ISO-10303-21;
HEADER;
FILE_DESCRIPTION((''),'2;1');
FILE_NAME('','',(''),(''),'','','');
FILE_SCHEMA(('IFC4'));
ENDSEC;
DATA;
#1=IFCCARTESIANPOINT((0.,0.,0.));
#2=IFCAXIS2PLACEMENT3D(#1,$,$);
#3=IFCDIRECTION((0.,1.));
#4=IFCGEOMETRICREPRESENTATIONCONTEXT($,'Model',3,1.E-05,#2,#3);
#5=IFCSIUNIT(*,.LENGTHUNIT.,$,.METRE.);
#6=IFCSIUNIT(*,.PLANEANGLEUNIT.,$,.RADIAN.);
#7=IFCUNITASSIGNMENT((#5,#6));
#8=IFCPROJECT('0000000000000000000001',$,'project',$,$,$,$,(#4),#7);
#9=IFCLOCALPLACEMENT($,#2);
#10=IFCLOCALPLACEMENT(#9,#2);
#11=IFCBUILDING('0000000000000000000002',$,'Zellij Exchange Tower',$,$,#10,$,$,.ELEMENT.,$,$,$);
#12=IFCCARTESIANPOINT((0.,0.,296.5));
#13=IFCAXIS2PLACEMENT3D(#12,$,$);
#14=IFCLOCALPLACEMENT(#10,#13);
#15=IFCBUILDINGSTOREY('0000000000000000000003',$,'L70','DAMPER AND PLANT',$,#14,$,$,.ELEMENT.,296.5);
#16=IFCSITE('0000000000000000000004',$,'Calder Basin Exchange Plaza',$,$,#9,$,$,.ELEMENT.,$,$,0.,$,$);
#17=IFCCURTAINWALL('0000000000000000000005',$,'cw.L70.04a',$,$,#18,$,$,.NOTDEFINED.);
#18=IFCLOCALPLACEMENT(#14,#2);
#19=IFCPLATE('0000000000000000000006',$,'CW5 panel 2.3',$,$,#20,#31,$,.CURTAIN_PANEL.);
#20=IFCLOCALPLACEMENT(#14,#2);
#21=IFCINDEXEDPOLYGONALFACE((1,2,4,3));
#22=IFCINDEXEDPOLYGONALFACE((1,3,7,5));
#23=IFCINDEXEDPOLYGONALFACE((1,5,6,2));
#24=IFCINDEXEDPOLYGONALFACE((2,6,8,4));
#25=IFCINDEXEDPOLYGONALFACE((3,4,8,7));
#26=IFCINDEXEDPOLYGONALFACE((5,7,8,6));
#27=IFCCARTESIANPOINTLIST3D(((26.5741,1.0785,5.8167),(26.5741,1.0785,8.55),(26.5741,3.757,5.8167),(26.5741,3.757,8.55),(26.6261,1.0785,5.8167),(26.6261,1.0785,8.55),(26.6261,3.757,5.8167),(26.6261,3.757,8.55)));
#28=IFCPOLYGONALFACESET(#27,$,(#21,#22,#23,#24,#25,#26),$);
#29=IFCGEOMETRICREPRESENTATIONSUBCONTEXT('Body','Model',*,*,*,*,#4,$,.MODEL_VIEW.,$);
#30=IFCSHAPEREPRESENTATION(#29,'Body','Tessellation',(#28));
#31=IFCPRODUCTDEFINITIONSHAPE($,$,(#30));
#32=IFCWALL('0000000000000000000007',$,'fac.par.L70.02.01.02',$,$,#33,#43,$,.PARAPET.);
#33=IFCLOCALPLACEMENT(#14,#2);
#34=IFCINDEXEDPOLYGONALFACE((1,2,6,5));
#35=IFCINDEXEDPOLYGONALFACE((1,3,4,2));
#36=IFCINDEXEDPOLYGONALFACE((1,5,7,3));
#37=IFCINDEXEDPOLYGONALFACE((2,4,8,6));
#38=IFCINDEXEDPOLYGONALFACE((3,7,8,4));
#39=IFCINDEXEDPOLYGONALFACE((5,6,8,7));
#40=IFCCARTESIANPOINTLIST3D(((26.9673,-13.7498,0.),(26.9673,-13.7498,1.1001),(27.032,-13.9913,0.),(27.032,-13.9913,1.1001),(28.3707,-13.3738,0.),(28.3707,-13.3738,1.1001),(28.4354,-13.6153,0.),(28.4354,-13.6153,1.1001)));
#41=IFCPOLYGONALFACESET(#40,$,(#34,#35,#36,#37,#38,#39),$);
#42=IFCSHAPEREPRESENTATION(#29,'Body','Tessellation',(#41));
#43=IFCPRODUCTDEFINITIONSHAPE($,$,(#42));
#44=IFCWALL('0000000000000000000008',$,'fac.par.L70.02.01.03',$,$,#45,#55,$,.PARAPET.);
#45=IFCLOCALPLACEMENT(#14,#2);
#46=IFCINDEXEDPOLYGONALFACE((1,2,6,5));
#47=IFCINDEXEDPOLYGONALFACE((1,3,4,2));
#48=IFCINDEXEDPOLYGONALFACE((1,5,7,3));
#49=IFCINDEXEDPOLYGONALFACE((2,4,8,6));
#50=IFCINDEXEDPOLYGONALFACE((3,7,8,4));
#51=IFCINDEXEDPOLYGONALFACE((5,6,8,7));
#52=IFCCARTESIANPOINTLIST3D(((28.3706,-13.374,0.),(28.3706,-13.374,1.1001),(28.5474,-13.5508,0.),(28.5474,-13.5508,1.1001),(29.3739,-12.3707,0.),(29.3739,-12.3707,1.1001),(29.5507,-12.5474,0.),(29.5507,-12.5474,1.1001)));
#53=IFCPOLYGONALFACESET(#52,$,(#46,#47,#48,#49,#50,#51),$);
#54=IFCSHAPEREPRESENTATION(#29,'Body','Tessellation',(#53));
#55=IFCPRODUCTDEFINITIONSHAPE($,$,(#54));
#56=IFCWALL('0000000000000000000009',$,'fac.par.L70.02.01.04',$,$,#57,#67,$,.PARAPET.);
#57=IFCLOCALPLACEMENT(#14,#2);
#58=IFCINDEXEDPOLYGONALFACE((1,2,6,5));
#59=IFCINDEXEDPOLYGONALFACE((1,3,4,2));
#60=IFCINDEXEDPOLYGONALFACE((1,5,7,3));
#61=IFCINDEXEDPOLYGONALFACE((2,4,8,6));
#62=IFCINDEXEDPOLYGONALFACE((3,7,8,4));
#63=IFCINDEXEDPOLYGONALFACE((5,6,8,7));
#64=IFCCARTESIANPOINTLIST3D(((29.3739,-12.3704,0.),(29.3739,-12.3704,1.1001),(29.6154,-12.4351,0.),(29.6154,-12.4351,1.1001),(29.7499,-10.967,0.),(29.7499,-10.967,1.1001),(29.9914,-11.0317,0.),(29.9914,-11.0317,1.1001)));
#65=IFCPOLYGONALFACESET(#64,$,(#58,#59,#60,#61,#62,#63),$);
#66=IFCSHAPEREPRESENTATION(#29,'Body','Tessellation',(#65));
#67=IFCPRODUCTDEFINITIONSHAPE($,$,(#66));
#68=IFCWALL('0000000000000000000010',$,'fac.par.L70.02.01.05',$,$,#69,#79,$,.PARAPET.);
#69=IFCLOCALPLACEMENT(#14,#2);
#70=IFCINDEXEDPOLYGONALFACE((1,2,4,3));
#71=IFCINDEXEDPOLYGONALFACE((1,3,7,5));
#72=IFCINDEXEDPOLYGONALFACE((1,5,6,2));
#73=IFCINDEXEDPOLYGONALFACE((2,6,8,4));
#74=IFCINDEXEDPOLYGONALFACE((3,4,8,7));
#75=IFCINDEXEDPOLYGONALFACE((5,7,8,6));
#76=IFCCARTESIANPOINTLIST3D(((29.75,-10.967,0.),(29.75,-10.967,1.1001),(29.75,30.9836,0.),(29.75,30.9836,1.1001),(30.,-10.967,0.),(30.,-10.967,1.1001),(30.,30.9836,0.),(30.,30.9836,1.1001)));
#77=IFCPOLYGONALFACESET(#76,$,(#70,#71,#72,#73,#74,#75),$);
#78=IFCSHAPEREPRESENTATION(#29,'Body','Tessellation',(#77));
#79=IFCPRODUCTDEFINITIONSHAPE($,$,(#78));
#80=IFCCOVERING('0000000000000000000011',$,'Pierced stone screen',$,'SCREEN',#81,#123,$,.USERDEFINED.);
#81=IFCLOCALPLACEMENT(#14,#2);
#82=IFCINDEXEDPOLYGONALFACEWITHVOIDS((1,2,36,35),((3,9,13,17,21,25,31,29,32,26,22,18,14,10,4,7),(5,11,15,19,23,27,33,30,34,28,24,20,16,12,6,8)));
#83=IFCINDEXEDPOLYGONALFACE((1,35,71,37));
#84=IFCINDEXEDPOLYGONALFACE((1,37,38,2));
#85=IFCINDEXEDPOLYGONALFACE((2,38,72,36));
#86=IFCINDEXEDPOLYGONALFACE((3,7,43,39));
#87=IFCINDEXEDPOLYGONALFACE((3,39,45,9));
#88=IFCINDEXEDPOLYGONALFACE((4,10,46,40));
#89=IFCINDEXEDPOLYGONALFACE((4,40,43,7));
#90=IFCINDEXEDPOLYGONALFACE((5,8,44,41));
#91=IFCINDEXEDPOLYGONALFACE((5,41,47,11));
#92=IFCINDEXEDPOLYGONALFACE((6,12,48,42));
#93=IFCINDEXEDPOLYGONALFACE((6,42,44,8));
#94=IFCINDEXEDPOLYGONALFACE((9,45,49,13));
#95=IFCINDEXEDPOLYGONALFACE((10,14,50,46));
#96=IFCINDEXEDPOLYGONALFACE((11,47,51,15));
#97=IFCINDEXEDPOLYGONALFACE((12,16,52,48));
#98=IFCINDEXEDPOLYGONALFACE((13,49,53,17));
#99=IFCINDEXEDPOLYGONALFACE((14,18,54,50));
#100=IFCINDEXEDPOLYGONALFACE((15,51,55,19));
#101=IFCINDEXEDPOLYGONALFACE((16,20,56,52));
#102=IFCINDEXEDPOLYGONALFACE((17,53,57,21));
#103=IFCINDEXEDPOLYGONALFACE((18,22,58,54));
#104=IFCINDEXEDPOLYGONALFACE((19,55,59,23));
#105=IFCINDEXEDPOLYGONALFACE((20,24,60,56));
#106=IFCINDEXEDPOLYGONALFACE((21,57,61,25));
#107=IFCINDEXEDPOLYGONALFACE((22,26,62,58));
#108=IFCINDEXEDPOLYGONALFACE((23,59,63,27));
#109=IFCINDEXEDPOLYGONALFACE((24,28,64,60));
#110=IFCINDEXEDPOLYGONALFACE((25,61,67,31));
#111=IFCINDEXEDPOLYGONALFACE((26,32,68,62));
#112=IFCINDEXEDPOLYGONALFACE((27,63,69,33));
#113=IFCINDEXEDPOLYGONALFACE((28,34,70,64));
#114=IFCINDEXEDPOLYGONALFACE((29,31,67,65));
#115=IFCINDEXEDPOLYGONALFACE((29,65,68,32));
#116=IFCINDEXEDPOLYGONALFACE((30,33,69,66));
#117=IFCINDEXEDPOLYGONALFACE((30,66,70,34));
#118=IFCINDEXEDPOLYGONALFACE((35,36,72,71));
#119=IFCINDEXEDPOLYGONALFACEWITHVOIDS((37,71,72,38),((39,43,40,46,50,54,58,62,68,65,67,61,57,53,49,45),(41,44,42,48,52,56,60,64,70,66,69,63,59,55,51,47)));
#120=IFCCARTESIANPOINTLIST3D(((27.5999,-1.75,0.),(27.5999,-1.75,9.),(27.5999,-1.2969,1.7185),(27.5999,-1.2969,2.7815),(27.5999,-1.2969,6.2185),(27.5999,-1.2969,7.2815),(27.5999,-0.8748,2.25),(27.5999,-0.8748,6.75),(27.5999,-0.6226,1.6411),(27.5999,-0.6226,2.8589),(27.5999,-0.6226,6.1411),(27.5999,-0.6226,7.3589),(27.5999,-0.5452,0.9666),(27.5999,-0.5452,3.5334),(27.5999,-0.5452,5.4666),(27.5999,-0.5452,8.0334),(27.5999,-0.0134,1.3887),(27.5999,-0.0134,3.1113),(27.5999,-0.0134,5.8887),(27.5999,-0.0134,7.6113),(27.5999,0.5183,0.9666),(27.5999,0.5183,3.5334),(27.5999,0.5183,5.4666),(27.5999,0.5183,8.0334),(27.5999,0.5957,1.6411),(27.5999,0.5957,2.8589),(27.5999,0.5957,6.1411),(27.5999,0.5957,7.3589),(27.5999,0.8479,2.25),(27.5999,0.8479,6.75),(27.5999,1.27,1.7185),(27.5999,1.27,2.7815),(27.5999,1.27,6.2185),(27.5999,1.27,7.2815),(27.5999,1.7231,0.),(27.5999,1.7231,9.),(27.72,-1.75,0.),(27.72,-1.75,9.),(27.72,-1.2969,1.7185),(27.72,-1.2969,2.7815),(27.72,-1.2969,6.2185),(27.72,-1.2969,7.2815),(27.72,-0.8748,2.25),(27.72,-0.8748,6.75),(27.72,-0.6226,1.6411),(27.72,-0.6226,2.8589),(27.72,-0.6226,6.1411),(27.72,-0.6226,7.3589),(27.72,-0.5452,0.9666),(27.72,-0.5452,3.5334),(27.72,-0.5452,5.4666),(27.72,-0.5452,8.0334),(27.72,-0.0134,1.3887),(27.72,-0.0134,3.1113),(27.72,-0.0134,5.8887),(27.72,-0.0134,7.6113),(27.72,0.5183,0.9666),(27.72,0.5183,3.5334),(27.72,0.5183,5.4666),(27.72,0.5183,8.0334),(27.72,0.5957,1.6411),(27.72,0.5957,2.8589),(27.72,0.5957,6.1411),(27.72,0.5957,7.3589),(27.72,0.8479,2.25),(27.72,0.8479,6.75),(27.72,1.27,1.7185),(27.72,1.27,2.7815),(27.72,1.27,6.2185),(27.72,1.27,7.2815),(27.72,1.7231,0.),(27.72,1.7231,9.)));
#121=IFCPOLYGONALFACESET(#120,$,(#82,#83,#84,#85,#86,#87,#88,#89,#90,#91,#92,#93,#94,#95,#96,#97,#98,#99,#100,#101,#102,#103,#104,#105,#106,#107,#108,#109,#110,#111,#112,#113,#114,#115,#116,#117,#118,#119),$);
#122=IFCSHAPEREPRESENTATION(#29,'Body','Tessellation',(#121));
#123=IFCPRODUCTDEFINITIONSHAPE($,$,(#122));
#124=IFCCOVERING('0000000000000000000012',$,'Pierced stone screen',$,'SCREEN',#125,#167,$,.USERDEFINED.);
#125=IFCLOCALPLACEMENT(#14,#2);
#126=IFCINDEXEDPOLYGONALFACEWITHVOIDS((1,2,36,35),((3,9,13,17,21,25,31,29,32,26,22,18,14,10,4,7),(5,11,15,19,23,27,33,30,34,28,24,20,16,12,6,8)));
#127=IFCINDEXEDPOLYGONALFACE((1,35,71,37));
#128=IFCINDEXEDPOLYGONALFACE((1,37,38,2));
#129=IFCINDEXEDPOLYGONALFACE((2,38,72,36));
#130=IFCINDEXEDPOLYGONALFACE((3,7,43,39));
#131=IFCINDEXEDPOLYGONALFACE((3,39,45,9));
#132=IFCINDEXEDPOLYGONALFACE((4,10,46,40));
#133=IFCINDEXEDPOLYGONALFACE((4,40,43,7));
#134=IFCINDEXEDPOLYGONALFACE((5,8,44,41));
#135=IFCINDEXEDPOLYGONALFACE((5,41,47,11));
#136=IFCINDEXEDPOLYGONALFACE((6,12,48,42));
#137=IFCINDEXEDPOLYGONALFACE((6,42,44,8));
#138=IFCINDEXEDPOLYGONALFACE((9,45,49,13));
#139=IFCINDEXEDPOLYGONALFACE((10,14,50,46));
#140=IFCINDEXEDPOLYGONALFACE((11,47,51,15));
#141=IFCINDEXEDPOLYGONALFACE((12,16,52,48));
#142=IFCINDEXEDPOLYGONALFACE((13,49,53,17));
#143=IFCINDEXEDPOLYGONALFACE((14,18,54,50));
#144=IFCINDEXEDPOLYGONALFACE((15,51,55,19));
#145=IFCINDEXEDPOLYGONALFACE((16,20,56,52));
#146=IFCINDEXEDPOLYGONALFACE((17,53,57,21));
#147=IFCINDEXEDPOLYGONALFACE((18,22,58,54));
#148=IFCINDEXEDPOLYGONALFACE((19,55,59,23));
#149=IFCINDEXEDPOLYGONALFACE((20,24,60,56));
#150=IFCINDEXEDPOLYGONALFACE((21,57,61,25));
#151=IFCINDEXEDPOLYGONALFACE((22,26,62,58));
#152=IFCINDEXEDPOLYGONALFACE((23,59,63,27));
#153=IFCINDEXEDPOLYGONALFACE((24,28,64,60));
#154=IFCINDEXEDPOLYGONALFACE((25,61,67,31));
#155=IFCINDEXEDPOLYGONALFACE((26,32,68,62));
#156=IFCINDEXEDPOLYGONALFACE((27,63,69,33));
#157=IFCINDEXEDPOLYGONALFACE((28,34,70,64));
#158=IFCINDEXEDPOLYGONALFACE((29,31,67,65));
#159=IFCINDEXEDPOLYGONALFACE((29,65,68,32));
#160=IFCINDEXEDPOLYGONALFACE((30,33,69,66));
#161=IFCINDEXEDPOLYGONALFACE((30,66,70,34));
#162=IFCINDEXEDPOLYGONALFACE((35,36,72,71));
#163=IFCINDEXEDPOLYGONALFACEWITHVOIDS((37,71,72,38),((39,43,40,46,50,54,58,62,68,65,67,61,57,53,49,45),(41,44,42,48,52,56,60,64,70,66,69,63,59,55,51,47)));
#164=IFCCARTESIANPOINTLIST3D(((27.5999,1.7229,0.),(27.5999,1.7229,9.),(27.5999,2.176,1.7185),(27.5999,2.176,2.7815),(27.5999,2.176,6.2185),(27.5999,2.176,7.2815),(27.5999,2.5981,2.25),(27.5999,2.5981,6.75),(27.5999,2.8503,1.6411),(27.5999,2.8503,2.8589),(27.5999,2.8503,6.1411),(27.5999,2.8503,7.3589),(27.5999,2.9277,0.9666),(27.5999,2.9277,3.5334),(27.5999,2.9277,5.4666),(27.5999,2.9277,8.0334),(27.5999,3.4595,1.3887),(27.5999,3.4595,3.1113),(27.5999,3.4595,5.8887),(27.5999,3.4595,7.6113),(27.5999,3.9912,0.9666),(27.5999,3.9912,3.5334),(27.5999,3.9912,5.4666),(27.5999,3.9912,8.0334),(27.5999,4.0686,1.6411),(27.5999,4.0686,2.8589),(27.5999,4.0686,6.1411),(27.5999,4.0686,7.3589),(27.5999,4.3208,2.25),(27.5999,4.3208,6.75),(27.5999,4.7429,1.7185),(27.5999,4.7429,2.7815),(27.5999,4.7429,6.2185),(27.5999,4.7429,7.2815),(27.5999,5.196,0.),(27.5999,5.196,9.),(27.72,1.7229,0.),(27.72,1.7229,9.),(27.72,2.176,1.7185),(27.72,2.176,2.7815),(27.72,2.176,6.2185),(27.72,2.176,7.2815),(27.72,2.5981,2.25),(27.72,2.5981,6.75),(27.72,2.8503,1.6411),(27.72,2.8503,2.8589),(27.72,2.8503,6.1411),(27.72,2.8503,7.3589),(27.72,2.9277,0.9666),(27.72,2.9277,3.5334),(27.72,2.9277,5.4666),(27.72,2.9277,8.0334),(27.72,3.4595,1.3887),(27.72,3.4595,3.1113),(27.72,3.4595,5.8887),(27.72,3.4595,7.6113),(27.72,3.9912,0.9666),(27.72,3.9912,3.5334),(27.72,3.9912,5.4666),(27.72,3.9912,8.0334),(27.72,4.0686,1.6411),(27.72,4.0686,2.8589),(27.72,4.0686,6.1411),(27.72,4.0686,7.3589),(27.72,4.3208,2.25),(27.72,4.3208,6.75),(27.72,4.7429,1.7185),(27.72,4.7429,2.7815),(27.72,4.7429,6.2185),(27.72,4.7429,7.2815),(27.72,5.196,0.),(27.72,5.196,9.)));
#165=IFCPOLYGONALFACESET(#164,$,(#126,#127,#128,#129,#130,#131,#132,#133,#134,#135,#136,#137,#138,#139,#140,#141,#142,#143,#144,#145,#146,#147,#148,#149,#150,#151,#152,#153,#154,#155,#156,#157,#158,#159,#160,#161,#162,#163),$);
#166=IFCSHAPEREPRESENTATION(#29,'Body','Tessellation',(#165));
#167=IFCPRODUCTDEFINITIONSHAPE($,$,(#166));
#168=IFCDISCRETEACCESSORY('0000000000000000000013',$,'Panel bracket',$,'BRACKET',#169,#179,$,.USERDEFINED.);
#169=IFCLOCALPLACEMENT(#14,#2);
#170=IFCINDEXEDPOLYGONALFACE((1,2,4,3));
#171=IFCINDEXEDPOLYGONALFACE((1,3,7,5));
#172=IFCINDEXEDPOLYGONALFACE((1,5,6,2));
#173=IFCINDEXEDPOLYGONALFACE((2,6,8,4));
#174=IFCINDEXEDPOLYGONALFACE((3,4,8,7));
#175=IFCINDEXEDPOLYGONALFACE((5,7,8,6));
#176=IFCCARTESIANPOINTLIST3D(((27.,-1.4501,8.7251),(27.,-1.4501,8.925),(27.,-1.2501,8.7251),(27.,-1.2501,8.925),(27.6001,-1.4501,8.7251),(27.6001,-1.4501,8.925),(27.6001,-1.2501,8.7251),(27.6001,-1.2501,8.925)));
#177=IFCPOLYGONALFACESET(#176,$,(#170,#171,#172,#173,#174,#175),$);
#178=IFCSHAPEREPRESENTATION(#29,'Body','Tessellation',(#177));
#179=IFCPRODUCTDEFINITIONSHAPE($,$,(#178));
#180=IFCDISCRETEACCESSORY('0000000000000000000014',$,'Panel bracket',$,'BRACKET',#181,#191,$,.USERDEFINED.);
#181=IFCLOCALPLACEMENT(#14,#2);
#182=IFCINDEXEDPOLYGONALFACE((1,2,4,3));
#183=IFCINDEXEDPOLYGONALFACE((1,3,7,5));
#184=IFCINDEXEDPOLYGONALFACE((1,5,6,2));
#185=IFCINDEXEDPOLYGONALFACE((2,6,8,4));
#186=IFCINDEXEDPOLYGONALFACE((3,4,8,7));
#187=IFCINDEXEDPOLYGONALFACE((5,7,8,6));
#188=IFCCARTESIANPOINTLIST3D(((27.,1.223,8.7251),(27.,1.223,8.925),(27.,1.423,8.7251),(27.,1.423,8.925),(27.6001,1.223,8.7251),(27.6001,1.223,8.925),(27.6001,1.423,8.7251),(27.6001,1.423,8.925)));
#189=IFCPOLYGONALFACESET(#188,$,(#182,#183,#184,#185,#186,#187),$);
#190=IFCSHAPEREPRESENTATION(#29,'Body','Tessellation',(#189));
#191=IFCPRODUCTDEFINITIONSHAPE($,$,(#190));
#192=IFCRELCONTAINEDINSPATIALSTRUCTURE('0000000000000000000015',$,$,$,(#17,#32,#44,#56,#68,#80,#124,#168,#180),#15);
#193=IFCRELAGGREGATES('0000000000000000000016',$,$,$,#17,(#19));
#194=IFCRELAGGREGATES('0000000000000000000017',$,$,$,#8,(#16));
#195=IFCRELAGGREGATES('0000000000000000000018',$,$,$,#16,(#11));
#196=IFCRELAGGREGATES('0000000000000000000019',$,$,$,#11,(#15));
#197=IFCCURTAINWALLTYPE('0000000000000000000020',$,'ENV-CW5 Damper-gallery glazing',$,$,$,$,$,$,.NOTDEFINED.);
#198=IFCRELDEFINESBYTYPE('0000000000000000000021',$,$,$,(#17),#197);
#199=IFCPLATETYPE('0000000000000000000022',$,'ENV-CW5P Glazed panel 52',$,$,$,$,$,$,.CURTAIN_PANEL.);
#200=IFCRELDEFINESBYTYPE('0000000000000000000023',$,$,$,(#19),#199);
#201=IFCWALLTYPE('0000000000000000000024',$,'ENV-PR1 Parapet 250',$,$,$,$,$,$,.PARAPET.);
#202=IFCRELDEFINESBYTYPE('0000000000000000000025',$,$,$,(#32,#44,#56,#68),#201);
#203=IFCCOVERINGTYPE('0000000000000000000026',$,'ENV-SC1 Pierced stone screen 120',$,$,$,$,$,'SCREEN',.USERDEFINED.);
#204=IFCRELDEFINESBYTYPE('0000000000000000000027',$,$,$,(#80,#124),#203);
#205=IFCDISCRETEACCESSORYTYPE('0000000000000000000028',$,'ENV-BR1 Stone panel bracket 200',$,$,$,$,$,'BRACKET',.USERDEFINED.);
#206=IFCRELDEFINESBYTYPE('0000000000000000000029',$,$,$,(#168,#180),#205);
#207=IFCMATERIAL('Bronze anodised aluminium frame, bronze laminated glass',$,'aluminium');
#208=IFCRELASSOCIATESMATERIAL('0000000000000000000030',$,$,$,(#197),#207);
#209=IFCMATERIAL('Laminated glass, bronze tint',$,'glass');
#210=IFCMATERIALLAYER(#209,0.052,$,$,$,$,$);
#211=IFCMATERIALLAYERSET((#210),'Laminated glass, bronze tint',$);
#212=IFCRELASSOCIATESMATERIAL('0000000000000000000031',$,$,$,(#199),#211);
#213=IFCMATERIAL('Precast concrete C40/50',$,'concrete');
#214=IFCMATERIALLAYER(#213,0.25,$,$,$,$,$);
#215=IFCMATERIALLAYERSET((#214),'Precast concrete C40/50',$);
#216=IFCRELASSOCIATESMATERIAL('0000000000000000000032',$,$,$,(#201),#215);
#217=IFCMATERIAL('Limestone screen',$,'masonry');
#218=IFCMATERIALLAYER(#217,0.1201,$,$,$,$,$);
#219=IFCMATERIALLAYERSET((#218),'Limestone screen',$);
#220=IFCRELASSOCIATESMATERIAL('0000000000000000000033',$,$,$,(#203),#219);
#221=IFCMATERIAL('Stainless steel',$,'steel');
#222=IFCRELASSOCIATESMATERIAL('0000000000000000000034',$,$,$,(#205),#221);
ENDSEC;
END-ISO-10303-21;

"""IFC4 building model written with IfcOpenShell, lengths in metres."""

from ifc_helpers import new_model, si_unit, direction, frame, frame_2d, origin, origin_2d, place, context, subcontext, project, spatial, polyline, rectangle, outline, extrude, material, layer, layer_set, type_object, element, aggregate, save


model = new_model("IFC4")

# Units and contexts
model_context = context("Model", 3, precision=1e-05, world=origin(), true_north=direction((0.0, 1.0)))
body_context = subcontext(model_context, "Body", "Model", "MODEL_VIEW")
ifc_project = project(units=[si_unit("LENGTHUNIT", "METRE"), si_unit("PLANEANGLEUNIT", "RADIAN")], contexts=[model_context])

# Site, building, storey
site_placement = place(None, origin())
site = spatial("IfcSite", under=ifc_project, at=site_placement, Name="Calder Basin Exchange Plaza", CompositionType="ELEMENT", RefElevation=0.0)
building_placement = place(site_placement, origin())
building = spatial("IfcBuilding", under=site, at=building_placement, Name="Zellij Exchange Tower", CompositionType="ELEMENT")
storey_placement = place(building_placement, frame((0.0, 0.0, 296.5)))
storey = spatial("IfcBuildingStorey", under=building, at=storey_placement, Name="L70", Description="DAMPER AND PLANT", CompositionType="ELEMENT", Elevation=296.5)

# Curtain wall
ifc_material_1 = material(Name="Bronze anodised aluminium frame, bronze laminated glass", Category="aluminium")
curtain_wall_type = type_object("IfcCurtainWallType", Name="ENV-CW5 Damper-gallery glazing", PredefinedType="NOTDEFINED", material=ifc_material_1)
curtain_wall_placement = place(storey_placement, origin())
curtain_wall = element("IfcCurtainWall", 1, at=curtain_wall_placement, inside=storey, type_object=curtain_wall_type, Name="cw.L70.04a", PredefinedType="NOTDEFINED")

# Plate
ifc_material_2 = material(Name="Laminated glass, bronze tint", Category="glass")
ifc_layer_1 = layer(ifc_material_2, 0.052)
ifc_layer_set_1 = layer_set([ifc_layer_1], Name="Laminated glass, bronze tint")
plate_type = type_object("IfcPlateType", Name="ENV-CW5P Glazed panel 52", PredefinedType="CURTAIN_PANEL", material=ifc_layer_set_1)
plate_1_placement = place(storey_placement, frame((26.6001, 2.4177, 5.8167), z_axis=(0.0, 0.0, 1.0), x_axis=(0.0, 1.0, 0.0)))
plate_1 = element("IfcPlate", 2, at=plate_1_placement, type_object=plate_type, Name="CW5 panel 2.3", PredefinedType="CURTAIN_PANEL", context=body_context, shape_type="SweptSolid", body=[
    extrude(rectangle(XDim=2.6785, YDim=0.052, at=origin_2d()), origin(), (0.0, 0.0, 1.0), 2.7334),
])
aggregate(curtain_wall, [plate_1])

# Walls
ifc_material_3 = material(Name="Precast concrete C40/50", Category="concrete")
ifc_layer_2 = layer(ifc_material_3, 0.25)
ifc_layer_set_2 = layer_set([ifc_layer_2], Name="Precast concrete C40/50")
wall_type = type_object("IfcWallType", Name="ENV-PR1 Parapet 250", PredefinedType="PARAPET", material=ifc_layer_set_2)
wall_1_placement = place(storey_placement, frame((26.9995, -13.8706, 0.0), z_axis=(0.0, 0.0, 1.0), x_axis=(0.965933, 0.258792, 0.0)))
element("IfcWall", 3, at=wall_1_placement, inside=storey, type_object=wall_type, Name="fac.par.L70.02.01.02", PredefinedType="PARAPET", context=body_context, shape_type="SweptSolid", body=[
    extrude(rectangle(XDim=1.4529, YDim=0.25, at=frame_2d((0.7266, 0.0))), origin(), (0.0, 0.0, 1.0), 1.1001),
])
wall_2_placement = place(storey_placement, frame((28.459, -13.4624, 0.0), z_axis=(0.0, 0.0, 1.0), x_axis=(0.707107, 0.707107, 0.0)))
element("IfcWall", 4, at=wall_2_placement, inside=storey, type_object=wall_type, Name="fac.par.L70.02.01.03", PredefinedType="PARAPET", context=body_context, shape_type="SweptSolid", body=[
    extrude(rectangle(XDim=1.4189, YDim=0.25, at=frame_2d((0.7095, 0.0))), origin(), (0.0, 0.0, 1.0), 1.1001),
])
wall_3_placement = place(storey_placement, frame((29.4946, -12.4028, 0.0), z_axis=(0.0, 0.0, 1.0), x_axis=(0.258792, 0.965933, 0.0)))
element("IfcWall", 5, at=wall_3_placement, inside=storey, type_object=wall_type, Name="fac.par.L70.02.01.04", PredefinedType="PARAPET", context=body_context, shape_type="SweptSolid", body=[
    extrude(rectangle(XDim=1.4529, YDim=0.25, at=frame_2d((0.7266, 0.0))), origin(), (0.0, 0.0, 1.0), 1.1001),
])
wall_4_placement = place(storey_placement, frame((29.875, -10.967, 0.0), z_axis=(0.0, 0.0, 1.0), x_axis=(0.0, 1.0, 0.0)))
element("IfcWall", 6, at=wall_4_placement, inside=storey, type_object=wall_type, Name="fac.par.L70.02.01.05", PredefinedType="PARAPET", context=body_context, shape_type="SweptSolid", body=[
    extrude(rectangle(XDim=41.9507, YDim=0.25, at=frame_2d((20.9753, 0.0))), origin(), (0.0, 0.0, 1.0), 1.1001),
])

# Coverings
ifc_material_4 = material(Name="Limestone screen", Category="masonry")
ifc_layer_3 = layer(ifc_material_4, 0.1201)
ifc_layer_set_3 = layer_set([ifc_layer_3], Name="Limestone screen")
covering_type = type_object("IfcCoveringType", Name="ENV-SC1 Pierced stone screen 120", ElementType="SCREEN", PredefinedType="USERDEFINED", material=ifc_layer_set_3)
for number, where, z_axis, x_axis, name in (
    (7, (27.6599, -1.75, 0.0), (0.0, 0.0, 1.0), (0.0, 1.0, 0.0), "Pierced stone screen"),
    (8, (27.6599, 1.7229, 0.0), (0.0, 0.0, 1.0), (0.0, 1.0, 0.0), "Pierced stone screen"),
):
    element("IfcCovering", number, at=place(storey_placement, frame(where, z_axis=z_axis, x_axis=x_axis)), inside=storey, type_object=covering_type, Name=name, ObjectType="SCREEN", PredefinedType="USERDEFINED", context=body_context, shape_type="SweptSolid", body=[
        extrude(outline(polyline([(0.0, 0.0), (3.4731, 0.0), (3.4731, 9.0), (0.0, 9.0), (0.0, 0.0)]), holes=[polyline([(3.02, 2.7815), (2.3457, 2.8589), (2.2683, 3.5334), (1.7366, 3.1113), (1.2048, 3.5334), (1.1274, 2.8589), (0.4531, 2.7815), (0.8752, 2.25), (0.4531, 1.7185), (1.1274, 1.6411), (1.2048, 0.9666), (1.7366, 1.3887), (2.2683, 0.9666), (2.3457, 1.6411), (3.02, 1.7185), (2.5979, 2.25), (3.02, 2.7815)]), polyline([(3.02, 7.2815), (2.3457, 7.3589), (2.2683, 8.0334), (1.7366, 7.6113), (1.2048, 8.0334), (1.1274, 7.3589), (0.4531, 7.2815), (0.8752, 6.75), (0.4531, 6.2185), (1.1274, 6.1411), (1.2048, 5.4666), (1.7366, 5.8887), (2.2683, 5.4666), (2.3457, 6.1411), (3.02, 6.2185), (2.5979, 6.75), (3.02, 7.2815)])]), frame((0.0, 0.0601, 0.0), z_axis=(0.0, -1.0, 0.0), x_axis=(1.0, 0.0, 0.0)), (0.0, 0.0, 1.0), 0.1201),
    ])

# Discrete accessories
ifc_material_5 = material(Name="Stainless steel", Category="steel")
discrete_accessory_type = type_object("IfcDiscreteAccessoryType", Name="ENV-BR1 Stone panel bracket 200", ElementType="BRACKET", PredefinedType="USERDEFINED", material=ifc_material_5)
for number, where, z_axis, x_axis, name in (
    (9, (27.3, -1.3501, 8.7251), (0.0, 0.0, 1.0), (0.0, 1.0, 0.0), "Panel bracket"),
    (10, (27.3, 1.323, 8.7251), (0.0, 0.0, 1.0), (0.0, 1.0, 0.0), "Panel bracket"),
):
    element("IfcDiscreteAccessory", number, at=place(storey_placement, frame(where, z_axis=z_axis, x_axis=x_axis)), inside=storey, type_object=discrete_accessory_type, Name=name, ObjectType="BRACKET", PredefinedType="USERDEFINED", context=body_context, shape_type="SweptSolid", body=[
        extrude(rectangle(XDim=0.2, YDim=0.6001, at=origin_2d()), origin(), (0.0, 0.0, 1.0), 0.2),
    ])

save(model, "model.ifc")
